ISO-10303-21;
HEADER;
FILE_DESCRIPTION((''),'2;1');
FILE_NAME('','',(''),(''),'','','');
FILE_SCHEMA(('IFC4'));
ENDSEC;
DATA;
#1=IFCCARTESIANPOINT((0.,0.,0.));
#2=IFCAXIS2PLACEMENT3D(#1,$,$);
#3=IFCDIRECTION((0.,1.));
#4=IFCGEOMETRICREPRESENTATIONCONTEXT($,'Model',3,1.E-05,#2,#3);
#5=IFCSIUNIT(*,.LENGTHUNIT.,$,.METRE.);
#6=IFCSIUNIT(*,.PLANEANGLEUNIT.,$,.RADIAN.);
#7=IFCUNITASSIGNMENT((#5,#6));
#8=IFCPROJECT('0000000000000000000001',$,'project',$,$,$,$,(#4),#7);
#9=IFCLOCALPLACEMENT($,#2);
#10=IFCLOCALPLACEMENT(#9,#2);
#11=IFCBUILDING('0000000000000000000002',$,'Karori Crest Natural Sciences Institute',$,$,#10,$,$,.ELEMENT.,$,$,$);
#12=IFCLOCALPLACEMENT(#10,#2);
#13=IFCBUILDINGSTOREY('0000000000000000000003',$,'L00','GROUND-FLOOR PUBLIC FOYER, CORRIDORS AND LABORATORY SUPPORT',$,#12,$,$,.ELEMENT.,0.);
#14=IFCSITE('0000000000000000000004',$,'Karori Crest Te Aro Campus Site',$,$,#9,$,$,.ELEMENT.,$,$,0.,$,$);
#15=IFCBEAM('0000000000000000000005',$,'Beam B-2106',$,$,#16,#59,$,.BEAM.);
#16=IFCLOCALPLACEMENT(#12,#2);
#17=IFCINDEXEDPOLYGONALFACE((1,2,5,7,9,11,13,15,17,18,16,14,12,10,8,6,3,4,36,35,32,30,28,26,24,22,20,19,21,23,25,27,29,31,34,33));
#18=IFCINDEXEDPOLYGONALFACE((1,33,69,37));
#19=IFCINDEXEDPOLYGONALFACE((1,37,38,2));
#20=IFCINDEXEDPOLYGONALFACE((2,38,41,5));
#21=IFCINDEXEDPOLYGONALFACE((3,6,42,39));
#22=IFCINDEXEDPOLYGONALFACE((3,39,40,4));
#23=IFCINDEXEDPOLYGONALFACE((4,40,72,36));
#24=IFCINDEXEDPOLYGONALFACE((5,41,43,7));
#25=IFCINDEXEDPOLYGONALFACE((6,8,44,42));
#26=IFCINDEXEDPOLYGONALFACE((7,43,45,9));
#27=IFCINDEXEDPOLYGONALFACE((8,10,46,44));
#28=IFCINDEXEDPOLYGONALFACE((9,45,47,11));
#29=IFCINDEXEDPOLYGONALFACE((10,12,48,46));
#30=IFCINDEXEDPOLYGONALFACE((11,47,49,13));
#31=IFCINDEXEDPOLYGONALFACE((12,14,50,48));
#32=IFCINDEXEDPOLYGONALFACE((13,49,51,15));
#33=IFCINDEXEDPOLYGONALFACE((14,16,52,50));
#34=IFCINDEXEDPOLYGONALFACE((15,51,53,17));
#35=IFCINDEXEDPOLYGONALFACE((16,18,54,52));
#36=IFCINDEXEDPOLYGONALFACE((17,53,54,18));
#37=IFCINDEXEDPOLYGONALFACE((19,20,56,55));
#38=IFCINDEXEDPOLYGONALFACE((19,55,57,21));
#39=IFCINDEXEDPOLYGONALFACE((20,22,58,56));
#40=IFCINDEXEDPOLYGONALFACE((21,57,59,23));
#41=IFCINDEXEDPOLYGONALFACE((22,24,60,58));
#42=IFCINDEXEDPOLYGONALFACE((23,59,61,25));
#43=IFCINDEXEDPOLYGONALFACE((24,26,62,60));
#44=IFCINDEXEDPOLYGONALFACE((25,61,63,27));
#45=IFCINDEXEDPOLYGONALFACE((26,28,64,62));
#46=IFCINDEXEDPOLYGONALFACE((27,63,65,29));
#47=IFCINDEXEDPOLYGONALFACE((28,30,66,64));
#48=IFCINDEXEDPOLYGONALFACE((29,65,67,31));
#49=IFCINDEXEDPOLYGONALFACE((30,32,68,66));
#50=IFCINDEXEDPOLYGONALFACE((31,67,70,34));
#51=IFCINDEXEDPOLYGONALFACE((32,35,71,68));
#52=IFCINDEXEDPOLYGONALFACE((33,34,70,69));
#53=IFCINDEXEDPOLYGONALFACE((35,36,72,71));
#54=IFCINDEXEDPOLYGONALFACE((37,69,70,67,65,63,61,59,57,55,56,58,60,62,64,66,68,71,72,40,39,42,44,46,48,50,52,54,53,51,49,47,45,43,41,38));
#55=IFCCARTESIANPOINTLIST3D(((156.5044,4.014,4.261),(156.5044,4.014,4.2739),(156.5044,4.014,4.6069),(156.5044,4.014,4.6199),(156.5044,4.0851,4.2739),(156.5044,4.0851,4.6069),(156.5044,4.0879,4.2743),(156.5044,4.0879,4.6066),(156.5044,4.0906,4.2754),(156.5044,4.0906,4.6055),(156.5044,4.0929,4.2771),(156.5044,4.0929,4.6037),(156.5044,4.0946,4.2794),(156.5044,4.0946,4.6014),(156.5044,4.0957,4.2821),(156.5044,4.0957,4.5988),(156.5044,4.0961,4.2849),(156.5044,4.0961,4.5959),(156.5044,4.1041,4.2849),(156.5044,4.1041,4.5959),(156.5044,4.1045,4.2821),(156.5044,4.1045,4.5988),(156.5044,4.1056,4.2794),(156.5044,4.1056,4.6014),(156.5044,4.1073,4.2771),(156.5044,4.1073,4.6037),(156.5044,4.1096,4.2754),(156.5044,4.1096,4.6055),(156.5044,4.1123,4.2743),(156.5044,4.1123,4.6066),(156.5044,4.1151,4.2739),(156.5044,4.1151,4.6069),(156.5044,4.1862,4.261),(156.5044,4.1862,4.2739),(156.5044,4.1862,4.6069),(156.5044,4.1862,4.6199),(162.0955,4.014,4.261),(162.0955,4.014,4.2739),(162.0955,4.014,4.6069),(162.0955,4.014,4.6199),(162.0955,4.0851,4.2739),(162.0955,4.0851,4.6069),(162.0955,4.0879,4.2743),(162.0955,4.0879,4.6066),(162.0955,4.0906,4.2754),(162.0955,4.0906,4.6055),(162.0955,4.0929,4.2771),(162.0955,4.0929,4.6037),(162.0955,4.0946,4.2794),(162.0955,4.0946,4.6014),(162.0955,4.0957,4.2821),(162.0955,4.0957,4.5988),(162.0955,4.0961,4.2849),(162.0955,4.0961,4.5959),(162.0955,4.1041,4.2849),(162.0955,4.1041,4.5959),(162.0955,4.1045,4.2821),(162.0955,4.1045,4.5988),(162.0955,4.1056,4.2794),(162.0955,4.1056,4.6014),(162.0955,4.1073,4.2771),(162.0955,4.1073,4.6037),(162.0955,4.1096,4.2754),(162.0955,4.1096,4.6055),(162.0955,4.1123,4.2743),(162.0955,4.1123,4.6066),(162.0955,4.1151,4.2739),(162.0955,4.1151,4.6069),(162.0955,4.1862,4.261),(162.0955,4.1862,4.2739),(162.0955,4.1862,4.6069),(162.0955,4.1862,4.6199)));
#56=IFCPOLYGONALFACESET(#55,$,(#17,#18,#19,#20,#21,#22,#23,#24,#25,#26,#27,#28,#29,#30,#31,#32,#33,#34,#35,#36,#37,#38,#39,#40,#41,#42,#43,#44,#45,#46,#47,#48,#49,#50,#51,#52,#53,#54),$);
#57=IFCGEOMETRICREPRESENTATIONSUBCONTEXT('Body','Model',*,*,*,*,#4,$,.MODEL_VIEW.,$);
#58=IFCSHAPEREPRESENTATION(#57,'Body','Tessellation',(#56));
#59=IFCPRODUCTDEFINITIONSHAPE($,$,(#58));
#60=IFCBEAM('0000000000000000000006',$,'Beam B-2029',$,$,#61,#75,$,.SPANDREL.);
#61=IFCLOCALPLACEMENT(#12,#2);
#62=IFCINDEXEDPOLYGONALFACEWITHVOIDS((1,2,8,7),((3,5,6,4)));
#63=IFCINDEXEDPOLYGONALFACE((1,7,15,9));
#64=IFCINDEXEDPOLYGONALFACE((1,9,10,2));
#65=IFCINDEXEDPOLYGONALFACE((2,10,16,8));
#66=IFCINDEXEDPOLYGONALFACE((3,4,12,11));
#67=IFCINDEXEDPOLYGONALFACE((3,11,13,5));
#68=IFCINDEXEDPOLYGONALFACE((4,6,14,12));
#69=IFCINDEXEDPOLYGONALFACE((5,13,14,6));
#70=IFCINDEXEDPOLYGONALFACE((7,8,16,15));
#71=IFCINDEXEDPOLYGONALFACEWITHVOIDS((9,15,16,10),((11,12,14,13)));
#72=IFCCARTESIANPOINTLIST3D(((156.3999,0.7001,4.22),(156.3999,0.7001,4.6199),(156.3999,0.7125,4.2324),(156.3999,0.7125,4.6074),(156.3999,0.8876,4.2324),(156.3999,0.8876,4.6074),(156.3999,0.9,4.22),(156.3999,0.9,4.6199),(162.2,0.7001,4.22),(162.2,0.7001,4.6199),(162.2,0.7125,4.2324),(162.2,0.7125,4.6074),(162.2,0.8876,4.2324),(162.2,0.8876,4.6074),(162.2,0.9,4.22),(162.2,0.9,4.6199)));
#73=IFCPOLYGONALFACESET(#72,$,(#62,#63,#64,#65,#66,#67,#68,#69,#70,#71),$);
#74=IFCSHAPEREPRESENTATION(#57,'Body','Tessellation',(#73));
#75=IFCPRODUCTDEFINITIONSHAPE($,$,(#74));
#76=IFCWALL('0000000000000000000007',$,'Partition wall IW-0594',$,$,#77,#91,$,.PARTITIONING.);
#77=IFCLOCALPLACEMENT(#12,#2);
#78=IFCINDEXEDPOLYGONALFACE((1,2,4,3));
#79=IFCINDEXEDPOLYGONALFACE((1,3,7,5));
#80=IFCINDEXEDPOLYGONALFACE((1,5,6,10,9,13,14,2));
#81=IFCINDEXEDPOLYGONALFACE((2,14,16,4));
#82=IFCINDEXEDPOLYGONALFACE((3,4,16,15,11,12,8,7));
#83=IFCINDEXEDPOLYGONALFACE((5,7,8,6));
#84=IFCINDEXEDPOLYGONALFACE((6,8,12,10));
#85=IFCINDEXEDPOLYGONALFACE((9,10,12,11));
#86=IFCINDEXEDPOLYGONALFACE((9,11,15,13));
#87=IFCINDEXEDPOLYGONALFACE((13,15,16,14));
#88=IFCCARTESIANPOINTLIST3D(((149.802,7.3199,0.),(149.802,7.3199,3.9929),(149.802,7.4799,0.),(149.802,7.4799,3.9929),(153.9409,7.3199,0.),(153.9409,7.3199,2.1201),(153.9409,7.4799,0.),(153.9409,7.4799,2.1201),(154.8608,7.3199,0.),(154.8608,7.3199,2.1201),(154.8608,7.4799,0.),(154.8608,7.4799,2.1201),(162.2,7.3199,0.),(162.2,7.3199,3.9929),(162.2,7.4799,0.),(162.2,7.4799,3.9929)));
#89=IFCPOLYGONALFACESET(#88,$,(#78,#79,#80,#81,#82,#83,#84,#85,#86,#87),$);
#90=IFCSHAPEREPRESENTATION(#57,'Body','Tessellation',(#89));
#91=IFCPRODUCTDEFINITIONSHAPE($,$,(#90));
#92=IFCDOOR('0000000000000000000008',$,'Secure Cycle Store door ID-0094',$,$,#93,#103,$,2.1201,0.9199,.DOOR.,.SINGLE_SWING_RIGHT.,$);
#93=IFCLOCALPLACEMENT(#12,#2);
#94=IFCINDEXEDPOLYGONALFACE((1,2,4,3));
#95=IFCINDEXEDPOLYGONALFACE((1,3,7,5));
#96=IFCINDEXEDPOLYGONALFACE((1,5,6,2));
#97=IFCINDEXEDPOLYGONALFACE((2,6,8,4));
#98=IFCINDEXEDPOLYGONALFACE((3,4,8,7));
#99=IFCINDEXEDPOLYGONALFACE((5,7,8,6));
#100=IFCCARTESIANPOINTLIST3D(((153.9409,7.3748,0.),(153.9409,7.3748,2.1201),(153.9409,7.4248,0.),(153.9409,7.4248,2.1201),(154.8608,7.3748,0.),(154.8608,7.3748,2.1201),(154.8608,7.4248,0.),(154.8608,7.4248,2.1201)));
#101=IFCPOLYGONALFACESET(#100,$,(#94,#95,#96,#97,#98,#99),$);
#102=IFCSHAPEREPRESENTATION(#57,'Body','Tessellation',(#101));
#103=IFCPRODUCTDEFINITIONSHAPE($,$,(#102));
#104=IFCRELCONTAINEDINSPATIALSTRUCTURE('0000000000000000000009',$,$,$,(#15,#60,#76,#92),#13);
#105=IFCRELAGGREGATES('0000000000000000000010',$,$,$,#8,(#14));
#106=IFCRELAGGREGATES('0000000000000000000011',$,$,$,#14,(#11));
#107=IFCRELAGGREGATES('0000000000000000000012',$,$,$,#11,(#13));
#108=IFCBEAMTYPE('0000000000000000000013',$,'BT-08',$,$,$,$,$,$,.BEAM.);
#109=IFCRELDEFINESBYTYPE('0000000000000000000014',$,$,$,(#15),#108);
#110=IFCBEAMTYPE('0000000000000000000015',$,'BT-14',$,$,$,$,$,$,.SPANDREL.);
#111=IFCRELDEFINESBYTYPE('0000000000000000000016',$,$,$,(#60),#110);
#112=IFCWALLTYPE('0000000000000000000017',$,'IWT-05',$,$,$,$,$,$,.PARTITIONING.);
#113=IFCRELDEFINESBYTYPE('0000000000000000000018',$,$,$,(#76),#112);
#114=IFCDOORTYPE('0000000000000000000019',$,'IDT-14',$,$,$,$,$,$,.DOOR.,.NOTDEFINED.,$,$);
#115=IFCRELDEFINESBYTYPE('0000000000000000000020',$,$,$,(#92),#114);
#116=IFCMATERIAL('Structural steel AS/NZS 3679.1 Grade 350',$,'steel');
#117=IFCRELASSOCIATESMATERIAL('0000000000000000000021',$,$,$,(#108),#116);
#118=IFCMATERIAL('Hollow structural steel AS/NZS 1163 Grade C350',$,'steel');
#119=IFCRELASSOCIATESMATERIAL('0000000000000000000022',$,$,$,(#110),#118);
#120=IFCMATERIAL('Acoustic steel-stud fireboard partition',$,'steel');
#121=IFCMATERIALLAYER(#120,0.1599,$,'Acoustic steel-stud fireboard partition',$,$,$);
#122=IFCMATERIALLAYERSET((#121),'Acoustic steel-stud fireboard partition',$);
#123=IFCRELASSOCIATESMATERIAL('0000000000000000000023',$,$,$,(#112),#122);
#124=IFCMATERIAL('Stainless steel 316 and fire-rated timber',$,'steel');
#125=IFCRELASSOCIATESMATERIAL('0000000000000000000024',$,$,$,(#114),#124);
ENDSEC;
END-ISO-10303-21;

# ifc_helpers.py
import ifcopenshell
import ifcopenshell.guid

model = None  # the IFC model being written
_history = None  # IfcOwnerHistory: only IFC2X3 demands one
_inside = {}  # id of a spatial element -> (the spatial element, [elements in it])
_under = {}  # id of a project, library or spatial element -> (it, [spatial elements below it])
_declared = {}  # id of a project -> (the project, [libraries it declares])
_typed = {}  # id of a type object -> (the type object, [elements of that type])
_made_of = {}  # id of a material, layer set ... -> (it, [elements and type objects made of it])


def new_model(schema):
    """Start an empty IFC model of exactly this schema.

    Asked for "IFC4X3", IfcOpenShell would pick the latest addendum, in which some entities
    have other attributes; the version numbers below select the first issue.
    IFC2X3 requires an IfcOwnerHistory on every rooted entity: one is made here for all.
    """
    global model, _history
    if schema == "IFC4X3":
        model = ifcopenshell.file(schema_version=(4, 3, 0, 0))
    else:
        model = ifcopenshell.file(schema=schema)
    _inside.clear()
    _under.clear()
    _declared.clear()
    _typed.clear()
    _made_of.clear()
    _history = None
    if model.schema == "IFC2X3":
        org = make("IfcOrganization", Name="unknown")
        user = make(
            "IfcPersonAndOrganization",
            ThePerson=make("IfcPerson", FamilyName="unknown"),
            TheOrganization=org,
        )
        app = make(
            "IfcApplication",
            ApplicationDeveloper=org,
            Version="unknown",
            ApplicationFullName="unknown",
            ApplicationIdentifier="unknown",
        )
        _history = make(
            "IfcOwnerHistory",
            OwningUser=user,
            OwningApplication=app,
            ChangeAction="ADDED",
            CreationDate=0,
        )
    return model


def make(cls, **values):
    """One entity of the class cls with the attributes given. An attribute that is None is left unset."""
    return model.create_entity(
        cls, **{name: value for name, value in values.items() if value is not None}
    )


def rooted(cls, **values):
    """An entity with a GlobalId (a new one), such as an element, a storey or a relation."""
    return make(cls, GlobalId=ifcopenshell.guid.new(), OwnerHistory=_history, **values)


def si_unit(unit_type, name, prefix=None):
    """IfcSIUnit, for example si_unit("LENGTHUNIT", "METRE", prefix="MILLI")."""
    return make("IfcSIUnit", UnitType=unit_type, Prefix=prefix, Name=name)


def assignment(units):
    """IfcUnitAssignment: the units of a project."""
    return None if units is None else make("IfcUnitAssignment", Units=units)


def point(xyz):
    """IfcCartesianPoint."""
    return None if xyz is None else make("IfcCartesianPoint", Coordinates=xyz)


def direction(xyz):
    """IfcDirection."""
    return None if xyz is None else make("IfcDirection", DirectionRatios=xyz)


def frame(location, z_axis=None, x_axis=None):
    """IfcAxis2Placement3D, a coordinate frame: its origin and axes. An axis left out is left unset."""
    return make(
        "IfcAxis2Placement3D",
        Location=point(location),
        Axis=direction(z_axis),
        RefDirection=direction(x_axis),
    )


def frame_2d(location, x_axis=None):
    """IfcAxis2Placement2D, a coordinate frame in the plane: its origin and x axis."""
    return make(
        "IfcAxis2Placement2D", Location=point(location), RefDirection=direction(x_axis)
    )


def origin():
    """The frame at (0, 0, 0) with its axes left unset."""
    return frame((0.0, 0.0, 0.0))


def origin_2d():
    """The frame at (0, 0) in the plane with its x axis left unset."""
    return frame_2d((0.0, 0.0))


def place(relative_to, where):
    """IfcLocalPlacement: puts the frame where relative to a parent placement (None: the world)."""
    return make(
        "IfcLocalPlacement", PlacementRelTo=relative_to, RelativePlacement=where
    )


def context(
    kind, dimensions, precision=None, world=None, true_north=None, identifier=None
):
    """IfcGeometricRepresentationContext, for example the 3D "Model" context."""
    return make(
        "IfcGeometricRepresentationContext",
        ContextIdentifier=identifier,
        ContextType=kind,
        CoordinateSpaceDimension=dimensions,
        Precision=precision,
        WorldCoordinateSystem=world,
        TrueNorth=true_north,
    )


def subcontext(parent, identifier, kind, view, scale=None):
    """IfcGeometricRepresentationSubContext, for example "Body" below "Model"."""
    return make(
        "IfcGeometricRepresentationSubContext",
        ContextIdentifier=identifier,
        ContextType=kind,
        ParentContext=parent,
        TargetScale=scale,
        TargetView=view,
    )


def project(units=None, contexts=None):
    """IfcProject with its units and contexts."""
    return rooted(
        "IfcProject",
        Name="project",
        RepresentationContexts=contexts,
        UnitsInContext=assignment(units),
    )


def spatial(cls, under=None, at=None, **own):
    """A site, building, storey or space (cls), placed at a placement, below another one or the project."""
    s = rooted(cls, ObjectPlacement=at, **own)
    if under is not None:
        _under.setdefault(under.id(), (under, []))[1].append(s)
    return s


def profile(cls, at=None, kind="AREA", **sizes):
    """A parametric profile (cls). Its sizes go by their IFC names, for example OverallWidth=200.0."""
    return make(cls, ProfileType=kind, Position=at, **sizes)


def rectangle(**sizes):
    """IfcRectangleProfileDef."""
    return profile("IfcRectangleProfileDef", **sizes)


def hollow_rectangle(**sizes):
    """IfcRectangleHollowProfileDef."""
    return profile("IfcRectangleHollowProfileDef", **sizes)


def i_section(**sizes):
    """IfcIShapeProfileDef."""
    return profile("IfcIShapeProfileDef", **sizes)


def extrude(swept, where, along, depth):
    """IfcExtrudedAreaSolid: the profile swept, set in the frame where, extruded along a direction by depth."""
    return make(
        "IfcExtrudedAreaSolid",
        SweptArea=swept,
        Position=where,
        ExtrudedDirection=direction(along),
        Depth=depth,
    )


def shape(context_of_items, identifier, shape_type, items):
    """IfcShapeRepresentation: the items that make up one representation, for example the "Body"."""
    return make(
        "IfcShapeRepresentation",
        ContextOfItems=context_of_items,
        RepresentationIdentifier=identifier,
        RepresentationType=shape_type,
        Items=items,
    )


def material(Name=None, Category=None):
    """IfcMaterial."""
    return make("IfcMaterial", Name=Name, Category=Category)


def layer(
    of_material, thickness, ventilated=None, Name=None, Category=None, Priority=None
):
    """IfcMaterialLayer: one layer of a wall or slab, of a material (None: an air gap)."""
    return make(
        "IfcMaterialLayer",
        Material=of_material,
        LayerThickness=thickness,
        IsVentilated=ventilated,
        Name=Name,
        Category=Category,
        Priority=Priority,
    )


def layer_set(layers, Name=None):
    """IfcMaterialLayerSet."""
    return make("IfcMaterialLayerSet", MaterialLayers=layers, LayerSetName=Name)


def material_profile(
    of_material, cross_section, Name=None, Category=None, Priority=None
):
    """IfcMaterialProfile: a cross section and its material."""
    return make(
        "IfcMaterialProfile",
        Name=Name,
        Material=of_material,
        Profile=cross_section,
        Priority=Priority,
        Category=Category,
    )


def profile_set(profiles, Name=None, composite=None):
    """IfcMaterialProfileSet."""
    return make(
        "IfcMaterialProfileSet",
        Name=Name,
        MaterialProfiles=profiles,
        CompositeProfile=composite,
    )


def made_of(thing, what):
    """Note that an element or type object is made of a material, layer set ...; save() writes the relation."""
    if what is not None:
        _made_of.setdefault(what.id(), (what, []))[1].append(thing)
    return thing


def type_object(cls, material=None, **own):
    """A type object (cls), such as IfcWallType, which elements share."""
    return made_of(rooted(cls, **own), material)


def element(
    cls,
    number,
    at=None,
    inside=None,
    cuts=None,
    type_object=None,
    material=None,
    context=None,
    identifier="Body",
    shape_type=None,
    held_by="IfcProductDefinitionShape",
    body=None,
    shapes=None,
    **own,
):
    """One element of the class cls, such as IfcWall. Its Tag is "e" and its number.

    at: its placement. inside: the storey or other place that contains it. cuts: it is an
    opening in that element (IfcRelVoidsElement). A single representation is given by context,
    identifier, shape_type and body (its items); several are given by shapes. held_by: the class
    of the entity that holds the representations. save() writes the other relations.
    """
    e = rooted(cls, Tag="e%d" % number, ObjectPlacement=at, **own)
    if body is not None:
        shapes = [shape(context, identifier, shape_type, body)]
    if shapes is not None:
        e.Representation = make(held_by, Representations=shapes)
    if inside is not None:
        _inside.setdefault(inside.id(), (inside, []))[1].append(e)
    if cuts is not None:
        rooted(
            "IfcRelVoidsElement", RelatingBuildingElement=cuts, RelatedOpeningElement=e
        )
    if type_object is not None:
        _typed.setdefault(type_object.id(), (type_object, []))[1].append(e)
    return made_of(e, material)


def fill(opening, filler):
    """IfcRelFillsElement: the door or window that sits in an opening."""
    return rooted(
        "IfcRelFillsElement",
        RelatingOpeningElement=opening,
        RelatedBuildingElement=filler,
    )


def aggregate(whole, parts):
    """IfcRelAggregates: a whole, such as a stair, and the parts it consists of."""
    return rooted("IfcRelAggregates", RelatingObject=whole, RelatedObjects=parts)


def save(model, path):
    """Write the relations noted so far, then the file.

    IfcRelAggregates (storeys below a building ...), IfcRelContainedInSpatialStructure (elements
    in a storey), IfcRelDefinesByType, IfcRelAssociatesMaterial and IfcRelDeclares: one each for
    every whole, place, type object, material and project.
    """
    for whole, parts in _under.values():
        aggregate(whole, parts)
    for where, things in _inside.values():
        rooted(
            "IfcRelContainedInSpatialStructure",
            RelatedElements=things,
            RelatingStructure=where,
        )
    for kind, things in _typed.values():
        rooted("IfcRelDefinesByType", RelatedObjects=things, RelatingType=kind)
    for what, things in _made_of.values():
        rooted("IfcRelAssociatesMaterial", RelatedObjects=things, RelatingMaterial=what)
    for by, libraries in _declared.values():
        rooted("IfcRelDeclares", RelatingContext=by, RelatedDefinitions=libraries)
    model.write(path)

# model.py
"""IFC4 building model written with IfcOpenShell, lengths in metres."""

from ifc_helpers import new_model, si_unit, direction, frame, frame_2d, origin, origin_2d, place, context, subcontext, project, spatial, rectangle, hollow_rectangle, i_section, extrude, material, layer, layer_set, material_profile, profile_set, type_object, element, fill, save


model = new_model("IFC4")

# Units and contexts
model_context = context("Model", 3, precision=1e-05, world=origin(), true_north=direction((0.0, 1.0)))
body_context = subcontext(model_context, "Body", "Model", "MODEL_VIEW")
ifc_project = project(units=[si_unit("LENGTHUNIT", "METRE"), si_unit("PLANEANGLEUNIT", "RADIAN")], contexts=[model_context])

# Site, building, storey
site_placement = place(None, origin())
site = spatial("IfcSite", under=ifc_project, at=site_placement, Name="Karori Crest Te Aro Campus Site", CompositionType="ELEMENT", RefElevation=0.0)
building_placement = place(site_placement, origin())
building = spatial("IfcBuilding", under=site, at=building_placement, Name="Karori Crest Natural Sciences Institute", CompositionType="ELEMENT")
storey_placement = place(building_placement, origin())
storey = spatial("IfcBuildingStorey", under=building, at=storey_placement, Name="L00", Description="GROUND-FLOOR PUBLIC FOYER, CORRIDORS AND LABORATORY SUPPORT", CompositionType="ELEMENT", Elevation=0.0)

# Shared definitions
ifc_material_1 = material(Name="Structural steel AS/NZS 3679.1 Grade 350", Category="steel")

# Beams
ifc_material_profile_1 = material_profile(ifc_material_1, i_section(OverallWidth=0.1721, OverallDepth=0.3589, WebThickness=0.0081, FlangeThickness=0.0129, FilletRadius=0.011, at=origin_2d()), Name="360UB56.7")
ifc_profile_set_1 = profile_set([ifc_material_profile_1], Name="Structural steel AS/NZS 3679.1 Grade 350")
beam_type_1 = type_object("IfcBeamType", Name="BT-08", PredefinedType="BEAM", material=ifc_profile_set_1)
beam_1_placement = place(storey_placement, frame((156.5044, 4.1001, 4.4404), z_axis=(1.0, 0.0, 0.0), x_axis=(0.0, 1.0, 0.0)))
element("IfcBeam", 1, at=beam_1_placement, inside=storey, type_object=beam_type_1, Name="Beam B-2106", PredefinedType="BEAM", context=body_context, shape_type="SweptSolid", body=[
    extrude(i_section(OverallWidth=0.1721, OverallDepth=0.3589, WebThickness=0.0081, FlangeThickness=0.0129, FilletRadius=0.011, at=origin_2d()), origin(), (0.0, 0.0, 1.0), 5.5911),
])
ifc_material_2 = material(Name="Hollow structural steel AS/NZS 1163 Grade C350", Category="steel")
ifc_material_profile_2 = material_profile(ifc_material_2, hollow_rectangle(XDim=0.2, YDim=0.3999, WallThickness=0.0125, at=origin_2d()), Name="RHS400x200x12.5")
ifc_profile_set_2 = profile_set([ifc_material_profile_2], Name="Hollow structural steel AS/NZS 1163 Grade C350")
beam_type_2 = type_object("IfcBeamType", Name="BT-14", PredefinedType="SPANDREL", material=ifc_profile_set_2)
beam_2_placement = place(storey_placement, frame((156.3999, 0.8, 4.4199), z_axis=(1.0, 0.0, 0.0), x_axis=(0.0, 1.0, 0.0)))
element("IfcBeam", 2, at=beam_2_placement, inside=storey, type_object=beam_type_2, Name="Beam B-2029", PredefinedType="SPANDREL", context=body_context, shape_type="SweptSolid", body=[
    extrude(hollow_rectangle(XDim=0.2, YDim=0.3999, WallThickness=0.0125, at=origin_2d()), origin(), (0.0, 0.0, 1.0), 5.8),
])

# Wall, opening, door
ifc_material_3 = material(Name="Acoustic steel-stud fireboard partition", Category="steel")
ifc_layer_1 = layer(ifc_material_3, 0.1599, Name="Acoustic steel-stud fireboard partition")
ifc_layer_set_1 = layer_set([ifc_layer_1], Name="Acoustic steel-stud fireboard partition")
wall_type_1 = type_object("IfcWallType", Name="IWT-05", PredefinedType="PARTITIONING", material=ifc_layer_set_1)
wall_1_placement = place(storey_placement, frame((149.802, 7.3999, 0.0), z_axis=(0.0, 0.0, 1.0), x_axis=(1.0, 0.0, 0.0)))
wall_1 = element("IfcWall", 3, at=wall_1_placement, inside=storey, type_object=wall_type_1, Name="Partition wall IW-0594", PredefinedType="PARTITIONING", context=body_context, shape_type="SweptSolid", body=[
    extrude(rectangle(XDim=12.3979, YDim=0.1599, at=frame_2d((6.199, 0.0))), origin(), (0.0, 0.0, 1.0), 3.9929),
])
opening_1_placement = place(wall_1_placement, frame((4.1389, 0.0, 0.0)))
opening_1 = element("IfcOpeningElement", 4, at=opening_1_placement, cuts=wall_1, PredefinedType="OPENING", context=body_context, shape_type="SweptSolid", body=[
    extrude(rectangle(XDim=0.9199, YDim=2.1201, at=frame_2d((0.46, 1.0601))), frame((0.0, 0.0898, 0.0), z_axis=(0.0, -1.0, 0.0), x_axis=(1.0, 0.0, 0.0)), (0.0, 0.0, 1.0), 0.1799),
])
ifc_material_4 = material(Name="Stainless steel 316 and fire-rated timber", Category="steel")
door_type_1 = type_object("IfcDoorType", Name="IDT-14", OperationType="NOTDEFINED", PredefinedType="DOOR", material=ifc_material_4)
door_1_placement = place(opening_1_placement, origin())
door_1 = element("IfcDoor", 5, at=door_1_placement, inside=storey, type_object=door_type_1, Name="Secure Cycle Store door ID-0094", OperationType="SINGLE_SWING_RIGHT", OverallHeight=2.1201, OverallWidth=0.9199, PredefinedType="DOOR", context=body_context, shape_type="SweptSolid", body=[
    extrude(rectangle(XDim=0.9199, YDim=2.1201, at=frame_2d((0.46, 1.0601))), frame((0.0, 0.0249, 0.0), z_axis=(0.0, -1.0, 0.0), x_axis=(1.0, 0.0, 0.0)), (0.0, 0.0, 1.0), 0.05),
])
fill(opening_1, door_1)

save(model, "model.ifc")
